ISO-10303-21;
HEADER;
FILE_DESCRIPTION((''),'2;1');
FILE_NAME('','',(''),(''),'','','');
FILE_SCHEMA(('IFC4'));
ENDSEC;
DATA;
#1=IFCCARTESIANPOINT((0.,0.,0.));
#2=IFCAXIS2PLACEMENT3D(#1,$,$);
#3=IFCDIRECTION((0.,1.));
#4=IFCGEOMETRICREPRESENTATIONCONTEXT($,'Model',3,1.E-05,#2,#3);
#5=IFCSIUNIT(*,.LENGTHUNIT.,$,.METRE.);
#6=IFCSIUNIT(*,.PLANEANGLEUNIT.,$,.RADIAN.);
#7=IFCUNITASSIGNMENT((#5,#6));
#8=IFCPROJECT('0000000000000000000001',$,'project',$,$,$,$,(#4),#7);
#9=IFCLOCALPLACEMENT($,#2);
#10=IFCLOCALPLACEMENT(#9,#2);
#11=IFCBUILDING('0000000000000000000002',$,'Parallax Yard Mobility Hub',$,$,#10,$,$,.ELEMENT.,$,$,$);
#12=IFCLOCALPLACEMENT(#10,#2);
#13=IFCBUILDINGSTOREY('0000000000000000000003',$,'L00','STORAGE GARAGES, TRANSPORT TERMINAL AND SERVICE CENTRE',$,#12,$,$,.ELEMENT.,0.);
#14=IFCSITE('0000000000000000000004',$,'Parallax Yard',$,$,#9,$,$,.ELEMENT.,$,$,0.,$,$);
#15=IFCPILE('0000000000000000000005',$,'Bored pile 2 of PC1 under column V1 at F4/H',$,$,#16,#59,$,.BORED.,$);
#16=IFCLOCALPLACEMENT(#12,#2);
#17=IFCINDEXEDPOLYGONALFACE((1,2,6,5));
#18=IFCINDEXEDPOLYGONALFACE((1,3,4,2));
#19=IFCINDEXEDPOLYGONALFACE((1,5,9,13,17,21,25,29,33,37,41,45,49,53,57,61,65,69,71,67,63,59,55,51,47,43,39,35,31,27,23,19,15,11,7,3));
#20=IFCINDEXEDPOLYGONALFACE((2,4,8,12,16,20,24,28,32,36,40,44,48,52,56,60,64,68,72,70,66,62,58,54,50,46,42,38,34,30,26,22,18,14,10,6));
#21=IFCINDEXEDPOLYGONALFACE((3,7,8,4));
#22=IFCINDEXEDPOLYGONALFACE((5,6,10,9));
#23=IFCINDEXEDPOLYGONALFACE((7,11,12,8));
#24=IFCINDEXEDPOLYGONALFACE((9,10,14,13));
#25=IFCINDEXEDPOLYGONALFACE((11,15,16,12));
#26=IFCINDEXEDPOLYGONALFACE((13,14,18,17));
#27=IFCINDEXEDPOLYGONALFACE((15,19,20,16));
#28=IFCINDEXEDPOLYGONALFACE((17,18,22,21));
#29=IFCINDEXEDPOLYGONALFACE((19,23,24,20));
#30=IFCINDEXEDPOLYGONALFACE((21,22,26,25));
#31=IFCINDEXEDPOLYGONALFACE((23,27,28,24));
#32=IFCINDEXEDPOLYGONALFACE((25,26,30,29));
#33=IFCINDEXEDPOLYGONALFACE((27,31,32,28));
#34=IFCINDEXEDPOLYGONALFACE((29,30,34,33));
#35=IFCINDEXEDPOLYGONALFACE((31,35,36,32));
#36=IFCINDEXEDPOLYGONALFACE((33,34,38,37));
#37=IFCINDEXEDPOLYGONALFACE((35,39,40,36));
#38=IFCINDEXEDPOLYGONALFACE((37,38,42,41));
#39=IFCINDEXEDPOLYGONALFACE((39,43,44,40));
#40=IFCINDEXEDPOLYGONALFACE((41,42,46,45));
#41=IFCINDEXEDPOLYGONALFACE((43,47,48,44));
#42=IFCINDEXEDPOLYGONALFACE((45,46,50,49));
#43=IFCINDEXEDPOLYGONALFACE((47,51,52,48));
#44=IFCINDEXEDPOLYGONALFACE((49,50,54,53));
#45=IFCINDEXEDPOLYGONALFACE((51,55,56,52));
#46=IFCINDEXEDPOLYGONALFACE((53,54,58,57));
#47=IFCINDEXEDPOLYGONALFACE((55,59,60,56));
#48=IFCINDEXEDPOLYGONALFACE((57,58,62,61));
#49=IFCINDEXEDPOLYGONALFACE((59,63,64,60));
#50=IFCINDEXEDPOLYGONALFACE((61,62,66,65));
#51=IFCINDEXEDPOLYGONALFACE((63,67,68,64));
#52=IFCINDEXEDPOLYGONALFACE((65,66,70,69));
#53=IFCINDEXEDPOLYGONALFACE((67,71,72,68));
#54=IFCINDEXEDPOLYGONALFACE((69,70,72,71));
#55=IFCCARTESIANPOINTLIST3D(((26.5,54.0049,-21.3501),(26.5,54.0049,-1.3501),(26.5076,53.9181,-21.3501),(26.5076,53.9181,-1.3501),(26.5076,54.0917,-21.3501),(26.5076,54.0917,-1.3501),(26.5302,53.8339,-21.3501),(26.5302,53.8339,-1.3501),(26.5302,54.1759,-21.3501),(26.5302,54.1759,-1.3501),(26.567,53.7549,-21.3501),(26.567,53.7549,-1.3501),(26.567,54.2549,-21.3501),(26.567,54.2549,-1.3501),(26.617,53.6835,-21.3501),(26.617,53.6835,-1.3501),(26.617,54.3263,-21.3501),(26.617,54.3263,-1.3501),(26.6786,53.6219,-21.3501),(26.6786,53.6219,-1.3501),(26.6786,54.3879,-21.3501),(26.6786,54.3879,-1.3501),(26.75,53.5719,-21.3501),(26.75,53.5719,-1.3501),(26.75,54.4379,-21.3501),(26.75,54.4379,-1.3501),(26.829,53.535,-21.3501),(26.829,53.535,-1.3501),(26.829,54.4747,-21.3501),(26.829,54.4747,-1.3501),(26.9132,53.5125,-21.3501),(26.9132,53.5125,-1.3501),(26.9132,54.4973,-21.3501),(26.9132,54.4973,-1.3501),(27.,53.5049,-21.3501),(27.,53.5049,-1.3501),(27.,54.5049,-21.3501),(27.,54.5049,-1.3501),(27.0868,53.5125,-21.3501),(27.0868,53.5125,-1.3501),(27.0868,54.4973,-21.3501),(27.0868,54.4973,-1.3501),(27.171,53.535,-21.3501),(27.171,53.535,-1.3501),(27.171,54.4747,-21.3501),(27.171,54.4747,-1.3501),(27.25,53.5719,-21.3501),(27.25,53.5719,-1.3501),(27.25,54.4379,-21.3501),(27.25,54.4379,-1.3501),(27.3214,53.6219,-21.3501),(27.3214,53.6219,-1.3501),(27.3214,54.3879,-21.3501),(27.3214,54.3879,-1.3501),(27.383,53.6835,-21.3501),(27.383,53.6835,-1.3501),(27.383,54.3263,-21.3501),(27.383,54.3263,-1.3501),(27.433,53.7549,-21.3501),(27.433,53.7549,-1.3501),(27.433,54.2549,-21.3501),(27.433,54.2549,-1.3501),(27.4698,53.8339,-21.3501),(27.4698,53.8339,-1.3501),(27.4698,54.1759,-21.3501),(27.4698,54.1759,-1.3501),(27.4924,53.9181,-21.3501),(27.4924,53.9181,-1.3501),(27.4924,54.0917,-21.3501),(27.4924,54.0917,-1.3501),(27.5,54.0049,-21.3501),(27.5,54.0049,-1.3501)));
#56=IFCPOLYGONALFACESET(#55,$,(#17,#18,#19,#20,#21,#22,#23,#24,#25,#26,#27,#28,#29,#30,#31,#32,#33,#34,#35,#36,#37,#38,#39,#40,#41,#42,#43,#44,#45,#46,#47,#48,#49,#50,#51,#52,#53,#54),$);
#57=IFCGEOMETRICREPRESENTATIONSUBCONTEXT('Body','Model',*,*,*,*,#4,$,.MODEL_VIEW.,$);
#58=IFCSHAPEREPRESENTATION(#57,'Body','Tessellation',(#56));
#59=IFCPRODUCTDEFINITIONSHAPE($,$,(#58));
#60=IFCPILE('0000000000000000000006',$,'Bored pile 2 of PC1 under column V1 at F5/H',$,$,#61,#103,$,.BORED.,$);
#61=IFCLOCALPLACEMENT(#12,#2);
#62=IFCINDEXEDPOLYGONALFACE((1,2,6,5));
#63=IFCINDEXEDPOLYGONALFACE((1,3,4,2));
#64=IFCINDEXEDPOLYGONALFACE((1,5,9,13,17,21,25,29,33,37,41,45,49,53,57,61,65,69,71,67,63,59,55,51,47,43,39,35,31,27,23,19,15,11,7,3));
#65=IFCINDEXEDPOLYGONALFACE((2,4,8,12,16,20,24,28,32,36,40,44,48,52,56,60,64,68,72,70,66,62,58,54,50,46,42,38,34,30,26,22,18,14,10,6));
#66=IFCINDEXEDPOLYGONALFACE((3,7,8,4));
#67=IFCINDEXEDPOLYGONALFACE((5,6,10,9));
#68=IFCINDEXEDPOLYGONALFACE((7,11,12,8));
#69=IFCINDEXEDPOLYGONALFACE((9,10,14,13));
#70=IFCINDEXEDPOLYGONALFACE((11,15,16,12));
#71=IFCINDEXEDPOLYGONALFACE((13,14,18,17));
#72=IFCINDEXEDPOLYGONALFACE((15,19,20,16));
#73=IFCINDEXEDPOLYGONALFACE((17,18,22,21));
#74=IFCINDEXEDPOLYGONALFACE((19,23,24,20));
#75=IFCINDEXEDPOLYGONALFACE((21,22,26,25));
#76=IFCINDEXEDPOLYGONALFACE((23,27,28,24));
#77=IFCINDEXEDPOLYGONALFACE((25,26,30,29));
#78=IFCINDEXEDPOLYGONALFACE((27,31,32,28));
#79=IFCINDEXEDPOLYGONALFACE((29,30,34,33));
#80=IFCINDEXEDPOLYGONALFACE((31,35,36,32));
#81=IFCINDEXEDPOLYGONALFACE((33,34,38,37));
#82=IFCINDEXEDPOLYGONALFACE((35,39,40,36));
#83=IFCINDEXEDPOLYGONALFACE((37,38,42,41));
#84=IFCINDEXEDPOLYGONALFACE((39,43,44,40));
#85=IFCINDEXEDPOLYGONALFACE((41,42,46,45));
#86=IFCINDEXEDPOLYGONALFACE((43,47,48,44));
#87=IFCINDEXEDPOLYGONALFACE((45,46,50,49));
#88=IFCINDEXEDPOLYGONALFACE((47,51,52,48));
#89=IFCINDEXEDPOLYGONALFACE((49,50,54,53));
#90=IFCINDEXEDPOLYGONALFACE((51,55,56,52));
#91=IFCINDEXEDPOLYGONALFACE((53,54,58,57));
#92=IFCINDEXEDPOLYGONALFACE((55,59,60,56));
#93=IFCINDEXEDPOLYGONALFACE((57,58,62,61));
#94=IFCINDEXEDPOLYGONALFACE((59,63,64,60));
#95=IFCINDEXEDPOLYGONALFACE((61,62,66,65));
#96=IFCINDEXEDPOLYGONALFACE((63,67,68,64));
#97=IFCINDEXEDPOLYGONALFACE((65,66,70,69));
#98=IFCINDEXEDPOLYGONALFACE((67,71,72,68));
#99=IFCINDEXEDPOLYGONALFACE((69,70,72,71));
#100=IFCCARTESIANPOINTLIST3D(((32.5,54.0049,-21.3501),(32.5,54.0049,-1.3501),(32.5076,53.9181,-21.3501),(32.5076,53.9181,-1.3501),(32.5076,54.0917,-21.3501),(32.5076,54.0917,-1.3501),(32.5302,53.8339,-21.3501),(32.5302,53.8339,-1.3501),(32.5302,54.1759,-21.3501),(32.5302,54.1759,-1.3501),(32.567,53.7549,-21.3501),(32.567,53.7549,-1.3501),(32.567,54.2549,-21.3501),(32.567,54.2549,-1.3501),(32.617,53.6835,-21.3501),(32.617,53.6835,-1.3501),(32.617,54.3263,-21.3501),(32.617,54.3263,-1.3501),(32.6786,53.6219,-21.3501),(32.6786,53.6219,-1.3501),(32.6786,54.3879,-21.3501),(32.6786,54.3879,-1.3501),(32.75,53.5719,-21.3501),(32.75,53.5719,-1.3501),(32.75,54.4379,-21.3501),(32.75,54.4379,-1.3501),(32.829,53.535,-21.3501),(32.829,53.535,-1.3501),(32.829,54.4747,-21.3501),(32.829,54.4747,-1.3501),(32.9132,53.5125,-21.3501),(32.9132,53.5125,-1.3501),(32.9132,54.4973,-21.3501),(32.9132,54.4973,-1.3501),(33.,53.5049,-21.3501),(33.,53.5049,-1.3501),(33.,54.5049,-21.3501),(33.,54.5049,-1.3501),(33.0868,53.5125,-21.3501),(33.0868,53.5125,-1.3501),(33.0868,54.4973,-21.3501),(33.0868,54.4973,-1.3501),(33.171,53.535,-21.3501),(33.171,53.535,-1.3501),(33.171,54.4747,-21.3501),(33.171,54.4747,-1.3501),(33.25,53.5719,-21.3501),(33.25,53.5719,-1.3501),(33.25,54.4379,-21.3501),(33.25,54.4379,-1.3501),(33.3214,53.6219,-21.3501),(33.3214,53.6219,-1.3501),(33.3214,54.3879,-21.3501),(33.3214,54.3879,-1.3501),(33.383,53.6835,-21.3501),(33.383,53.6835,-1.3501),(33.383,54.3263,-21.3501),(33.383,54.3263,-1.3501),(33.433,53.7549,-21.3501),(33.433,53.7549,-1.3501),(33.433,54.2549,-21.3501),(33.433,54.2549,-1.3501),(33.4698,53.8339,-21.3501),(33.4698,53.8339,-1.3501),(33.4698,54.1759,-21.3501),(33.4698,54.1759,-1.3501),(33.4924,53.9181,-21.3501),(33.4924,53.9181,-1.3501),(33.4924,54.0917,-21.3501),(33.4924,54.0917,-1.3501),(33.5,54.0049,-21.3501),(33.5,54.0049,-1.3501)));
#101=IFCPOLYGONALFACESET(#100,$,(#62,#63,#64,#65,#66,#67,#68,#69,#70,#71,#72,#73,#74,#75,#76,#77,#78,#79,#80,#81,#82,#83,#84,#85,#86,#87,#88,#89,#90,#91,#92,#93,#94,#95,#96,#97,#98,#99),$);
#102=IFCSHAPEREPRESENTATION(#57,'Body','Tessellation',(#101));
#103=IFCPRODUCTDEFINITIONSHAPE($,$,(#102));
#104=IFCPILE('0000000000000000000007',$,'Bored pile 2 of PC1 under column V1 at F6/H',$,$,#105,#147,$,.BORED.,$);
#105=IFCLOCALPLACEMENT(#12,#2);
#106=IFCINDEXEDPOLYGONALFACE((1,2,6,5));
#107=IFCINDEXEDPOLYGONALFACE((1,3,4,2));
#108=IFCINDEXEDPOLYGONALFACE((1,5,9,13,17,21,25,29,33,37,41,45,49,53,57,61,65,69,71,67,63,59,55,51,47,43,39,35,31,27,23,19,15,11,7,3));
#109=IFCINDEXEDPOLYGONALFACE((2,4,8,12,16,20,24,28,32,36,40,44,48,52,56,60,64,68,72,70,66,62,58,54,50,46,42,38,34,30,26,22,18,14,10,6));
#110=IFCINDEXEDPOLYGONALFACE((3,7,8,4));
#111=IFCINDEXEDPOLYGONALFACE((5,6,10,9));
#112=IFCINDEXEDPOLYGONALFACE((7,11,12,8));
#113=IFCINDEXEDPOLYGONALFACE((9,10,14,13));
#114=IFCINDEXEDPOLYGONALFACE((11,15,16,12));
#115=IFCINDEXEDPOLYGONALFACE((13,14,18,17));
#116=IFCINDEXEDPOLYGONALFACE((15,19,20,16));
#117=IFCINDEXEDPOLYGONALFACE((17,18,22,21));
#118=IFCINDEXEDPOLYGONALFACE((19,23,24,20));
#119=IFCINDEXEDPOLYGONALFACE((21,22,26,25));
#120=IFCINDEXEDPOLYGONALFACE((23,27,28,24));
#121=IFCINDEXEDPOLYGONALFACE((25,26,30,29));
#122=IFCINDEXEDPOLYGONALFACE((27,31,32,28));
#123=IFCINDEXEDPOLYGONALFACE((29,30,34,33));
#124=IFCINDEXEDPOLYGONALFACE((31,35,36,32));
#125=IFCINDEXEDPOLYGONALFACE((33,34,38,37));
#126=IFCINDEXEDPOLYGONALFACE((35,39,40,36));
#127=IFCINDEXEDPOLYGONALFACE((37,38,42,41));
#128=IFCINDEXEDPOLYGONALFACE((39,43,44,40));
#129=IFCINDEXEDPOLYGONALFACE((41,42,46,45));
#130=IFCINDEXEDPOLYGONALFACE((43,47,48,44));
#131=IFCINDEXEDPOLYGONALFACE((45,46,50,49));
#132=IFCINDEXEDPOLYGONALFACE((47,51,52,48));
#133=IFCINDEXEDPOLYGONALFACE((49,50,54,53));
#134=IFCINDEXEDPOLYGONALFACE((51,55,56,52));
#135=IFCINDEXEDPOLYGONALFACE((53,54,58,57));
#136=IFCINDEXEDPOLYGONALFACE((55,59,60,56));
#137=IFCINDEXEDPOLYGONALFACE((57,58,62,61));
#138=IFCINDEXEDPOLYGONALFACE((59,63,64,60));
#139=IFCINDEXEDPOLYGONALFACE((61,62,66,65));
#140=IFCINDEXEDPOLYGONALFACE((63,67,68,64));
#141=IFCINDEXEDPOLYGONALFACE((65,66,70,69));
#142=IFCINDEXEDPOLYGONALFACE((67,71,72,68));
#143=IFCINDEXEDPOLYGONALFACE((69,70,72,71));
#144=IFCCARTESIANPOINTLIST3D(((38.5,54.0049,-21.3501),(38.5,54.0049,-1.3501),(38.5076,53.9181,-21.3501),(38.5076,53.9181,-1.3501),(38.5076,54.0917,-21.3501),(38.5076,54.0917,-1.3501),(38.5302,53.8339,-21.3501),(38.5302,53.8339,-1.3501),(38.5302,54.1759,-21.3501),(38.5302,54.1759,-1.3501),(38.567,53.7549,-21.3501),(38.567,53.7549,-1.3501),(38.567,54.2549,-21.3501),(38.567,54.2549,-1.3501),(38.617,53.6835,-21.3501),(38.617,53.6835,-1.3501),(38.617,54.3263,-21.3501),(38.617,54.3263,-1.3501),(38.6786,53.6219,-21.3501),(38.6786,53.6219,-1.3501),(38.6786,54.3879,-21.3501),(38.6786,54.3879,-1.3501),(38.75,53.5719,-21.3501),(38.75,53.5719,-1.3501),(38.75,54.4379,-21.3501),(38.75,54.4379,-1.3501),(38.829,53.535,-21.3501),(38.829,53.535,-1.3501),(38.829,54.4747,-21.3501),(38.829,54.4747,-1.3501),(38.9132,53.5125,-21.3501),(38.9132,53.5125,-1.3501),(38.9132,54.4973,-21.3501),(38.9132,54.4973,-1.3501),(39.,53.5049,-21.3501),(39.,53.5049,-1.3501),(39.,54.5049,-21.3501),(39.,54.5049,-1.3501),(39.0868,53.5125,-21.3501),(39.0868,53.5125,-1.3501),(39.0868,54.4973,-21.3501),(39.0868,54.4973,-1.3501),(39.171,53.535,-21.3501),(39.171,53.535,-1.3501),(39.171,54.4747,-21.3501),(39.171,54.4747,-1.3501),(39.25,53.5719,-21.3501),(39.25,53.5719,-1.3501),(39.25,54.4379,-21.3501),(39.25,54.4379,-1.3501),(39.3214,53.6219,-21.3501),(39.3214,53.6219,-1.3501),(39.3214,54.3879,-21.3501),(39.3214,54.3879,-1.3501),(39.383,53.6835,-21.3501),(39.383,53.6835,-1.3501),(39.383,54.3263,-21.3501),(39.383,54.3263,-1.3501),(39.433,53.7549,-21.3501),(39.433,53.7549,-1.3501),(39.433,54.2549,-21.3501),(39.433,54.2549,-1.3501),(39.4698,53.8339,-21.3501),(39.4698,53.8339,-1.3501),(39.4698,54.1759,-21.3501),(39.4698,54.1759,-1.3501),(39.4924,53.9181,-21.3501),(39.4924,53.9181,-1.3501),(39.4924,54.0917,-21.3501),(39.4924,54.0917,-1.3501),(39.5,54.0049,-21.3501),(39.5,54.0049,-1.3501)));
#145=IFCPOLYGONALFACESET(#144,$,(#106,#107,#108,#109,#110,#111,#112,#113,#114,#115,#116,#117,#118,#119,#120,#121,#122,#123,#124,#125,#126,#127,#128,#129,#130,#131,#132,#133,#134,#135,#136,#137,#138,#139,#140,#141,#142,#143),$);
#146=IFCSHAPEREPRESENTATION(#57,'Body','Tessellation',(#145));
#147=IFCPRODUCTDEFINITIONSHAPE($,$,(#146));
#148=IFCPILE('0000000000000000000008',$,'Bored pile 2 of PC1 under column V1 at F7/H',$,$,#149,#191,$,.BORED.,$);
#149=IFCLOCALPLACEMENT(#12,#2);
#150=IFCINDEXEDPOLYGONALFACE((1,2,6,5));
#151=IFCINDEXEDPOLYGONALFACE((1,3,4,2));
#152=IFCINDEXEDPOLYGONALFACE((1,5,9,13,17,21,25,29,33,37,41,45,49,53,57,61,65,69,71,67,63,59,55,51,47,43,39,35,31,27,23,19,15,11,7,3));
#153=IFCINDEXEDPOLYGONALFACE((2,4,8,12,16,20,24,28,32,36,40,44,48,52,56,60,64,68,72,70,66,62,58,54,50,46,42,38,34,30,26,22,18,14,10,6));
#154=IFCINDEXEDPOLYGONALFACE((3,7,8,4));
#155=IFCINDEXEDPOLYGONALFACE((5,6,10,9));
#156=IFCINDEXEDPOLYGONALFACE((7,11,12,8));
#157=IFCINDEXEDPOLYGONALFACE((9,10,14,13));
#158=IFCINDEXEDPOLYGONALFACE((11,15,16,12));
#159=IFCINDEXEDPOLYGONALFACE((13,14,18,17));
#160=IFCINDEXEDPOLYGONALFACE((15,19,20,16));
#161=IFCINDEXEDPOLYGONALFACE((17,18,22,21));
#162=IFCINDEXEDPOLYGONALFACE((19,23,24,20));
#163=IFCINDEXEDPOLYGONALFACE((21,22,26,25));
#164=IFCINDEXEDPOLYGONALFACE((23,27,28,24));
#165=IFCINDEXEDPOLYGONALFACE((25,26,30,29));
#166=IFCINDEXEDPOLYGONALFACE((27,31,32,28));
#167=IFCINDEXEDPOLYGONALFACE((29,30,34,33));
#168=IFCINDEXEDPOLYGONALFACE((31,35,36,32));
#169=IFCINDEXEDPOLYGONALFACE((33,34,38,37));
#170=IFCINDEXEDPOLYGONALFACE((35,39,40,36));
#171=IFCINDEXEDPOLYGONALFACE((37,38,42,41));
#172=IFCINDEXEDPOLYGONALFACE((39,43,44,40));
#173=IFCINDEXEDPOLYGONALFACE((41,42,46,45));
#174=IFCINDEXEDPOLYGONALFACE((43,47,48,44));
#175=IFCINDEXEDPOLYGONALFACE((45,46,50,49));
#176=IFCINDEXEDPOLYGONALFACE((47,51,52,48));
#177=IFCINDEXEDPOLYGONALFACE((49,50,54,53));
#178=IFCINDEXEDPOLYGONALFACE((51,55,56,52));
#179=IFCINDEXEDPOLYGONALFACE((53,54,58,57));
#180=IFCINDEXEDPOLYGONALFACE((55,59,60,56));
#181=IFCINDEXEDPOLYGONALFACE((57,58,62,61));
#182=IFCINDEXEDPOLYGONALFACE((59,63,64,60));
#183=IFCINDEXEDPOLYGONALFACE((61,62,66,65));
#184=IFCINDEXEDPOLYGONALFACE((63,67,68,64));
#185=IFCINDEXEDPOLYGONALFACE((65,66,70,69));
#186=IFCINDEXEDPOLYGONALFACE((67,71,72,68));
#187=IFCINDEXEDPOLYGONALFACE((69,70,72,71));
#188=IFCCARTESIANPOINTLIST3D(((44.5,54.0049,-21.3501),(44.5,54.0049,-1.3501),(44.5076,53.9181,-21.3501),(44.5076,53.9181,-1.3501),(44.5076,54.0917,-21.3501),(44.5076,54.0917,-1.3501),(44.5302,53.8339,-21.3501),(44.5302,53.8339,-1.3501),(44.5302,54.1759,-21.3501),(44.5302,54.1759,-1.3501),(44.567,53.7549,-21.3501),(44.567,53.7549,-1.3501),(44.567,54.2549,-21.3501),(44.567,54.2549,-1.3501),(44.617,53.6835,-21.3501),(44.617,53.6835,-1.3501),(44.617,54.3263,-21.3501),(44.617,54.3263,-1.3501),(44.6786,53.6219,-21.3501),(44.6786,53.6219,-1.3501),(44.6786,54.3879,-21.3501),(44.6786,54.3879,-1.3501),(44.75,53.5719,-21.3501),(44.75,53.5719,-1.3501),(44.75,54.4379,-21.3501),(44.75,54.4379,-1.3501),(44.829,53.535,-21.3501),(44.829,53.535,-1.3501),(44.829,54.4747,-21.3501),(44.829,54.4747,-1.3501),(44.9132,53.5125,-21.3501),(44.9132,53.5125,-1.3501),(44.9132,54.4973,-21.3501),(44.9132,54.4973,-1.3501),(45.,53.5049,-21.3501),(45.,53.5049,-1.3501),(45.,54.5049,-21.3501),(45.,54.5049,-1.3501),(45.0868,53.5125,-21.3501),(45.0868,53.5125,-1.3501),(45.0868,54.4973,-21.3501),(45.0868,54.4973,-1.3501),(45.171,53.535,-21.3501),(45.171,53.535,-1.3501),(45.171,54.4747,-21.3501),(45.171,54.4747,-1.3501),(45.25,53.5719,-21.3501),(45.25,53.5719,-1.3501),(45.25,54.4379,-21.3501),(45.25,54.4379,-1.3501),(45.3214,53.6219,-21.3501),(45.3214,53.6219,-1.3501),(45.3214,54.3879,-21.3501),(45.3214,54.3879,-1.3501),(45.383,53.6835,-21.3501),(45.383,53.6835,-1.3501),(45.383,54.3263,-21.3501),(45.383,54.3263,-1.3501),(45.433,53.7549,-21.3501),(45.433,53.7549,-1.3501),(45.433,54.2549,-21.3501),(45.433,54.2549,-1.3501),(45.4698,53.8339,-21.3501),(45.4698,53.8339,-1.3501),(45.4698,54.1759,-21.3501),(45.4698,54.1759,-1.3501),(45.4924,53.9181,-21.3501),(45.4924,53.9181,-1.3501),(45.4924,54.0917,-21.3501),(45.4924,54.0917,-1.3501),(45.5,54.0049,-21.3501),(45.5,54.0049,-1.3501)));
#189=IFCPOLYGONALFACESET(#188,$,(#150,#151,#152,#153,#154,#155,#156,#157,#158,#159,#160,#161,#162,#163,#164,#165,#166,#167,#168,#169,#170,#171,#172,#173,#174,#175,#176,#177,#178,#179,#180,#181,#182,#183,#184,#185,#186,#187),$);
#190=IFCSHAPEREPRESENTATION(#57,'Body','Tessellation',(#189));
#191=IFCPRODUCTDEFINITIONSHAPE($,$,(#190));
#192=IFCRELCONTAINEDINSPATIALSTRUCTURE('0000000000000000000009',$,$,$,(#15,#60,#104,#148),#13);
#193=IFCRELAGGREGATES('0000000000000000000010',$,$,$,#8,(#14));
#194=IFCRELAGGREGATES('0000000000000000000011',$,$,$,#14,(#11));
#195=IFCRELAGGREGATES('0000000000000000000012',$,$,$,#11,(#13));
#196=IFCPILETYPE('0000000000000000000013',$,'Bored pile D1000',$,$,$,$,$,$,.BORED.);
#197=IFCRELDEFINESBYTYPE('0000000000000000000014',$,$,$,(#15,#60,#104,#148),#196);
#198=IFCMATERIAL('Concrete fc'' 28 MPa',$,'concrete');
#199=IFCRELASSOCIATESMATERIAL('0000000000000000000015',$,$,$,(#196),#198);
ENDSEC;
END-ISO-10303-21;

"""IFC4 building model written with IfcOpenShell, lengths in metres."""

from ifc_helpers import new_model, si_unit, direction, frame, origin, origin_2d, place, context, subcontext, project, spatial, circle, extrude, material, material_profile, profile_set, type_object, element, save


model = new_model("IFC4")

# Units and contexts
model_context = context("Model", 3, precision=1e-05, world=origin(), true_north=direction((0.0, 1.0)))
body_context = subcontext(model_context, "Body", "Model", "MODEL_VIEW")
ifc_project = project(units=[si_unit("LENGTHUNIT", "METRE"), si_unit("PLANEANGLEUNIT", "RADIAN")], contexts=[model_context])

# Site, building, storey
site_placement = place(None, origin())
site = spatial("IfcSite", under=ifc_project, at=site_placement, Name="Parallax Yard", CompositionType="ELEMENT", RefElevation=0.0)
building_placement = place(site_placement, origin())
building = spatial("IfcBuilding", under=site, at=building_placement, Name="Parallax Yard Mobility Hub", CompositionType="ELEMENT")
storey_placement = place(building_placement, origin())
storey = spatial("IfcBuildingStorey", under=building, at=storey_placement, Name="L00", Description="STORAGE GARAGES, TRANSPORT TERMINAL AND SERVICE CENTRE", CompositionType="ELEMENT", Elevation=0.0)

# Piles
ifc_material_1 = material(Name="Concrete fc' 28 MPa", Category="concrete")
ifc_material_profile_1 = material_profile(ifc_material_1, circle(Radius=0.5, at=origin_2d()), Name="Bored pile D1000")
ifc_profile_set_1 = profile_set([ifc_material_profile_1], Name="Concrete fc' 28 MPa")
pile_type = type_object("IfcPileType", Name="Bored pile D1000", PredefinedType="BORED", material=ifc_profile_set_1)
for number, where, z_axis, x_axis, name in (
    (1, (27.0, 54.0049, -1.3501), (0.0, 0.0, -1.0), (1.0, 0.0, 0.0), "Bored pile 2 of PC1 under column V1 at F4/H"),
    (2, (33.0, 54.0049, -1.3501), (0.0, 0.0, -1.0), (1.0, 0.0, 0.0), "Bored pile 2 of PC1 under column V1 at F5/H"),
    (3, (39.0, 54.0049, -1.3501), (0.0, 0.0, -1.0), (1.0, 0.0, 0.0), "Bored pile 2 of PC1 under column V1 at F6/H"),
    (4, (45.0, 54.0049, -1.3501), (0.0, 0.0, -1.0), (1.0, 0.0, 0.0), "Bored pile 2 of PC1 under column V1 at F7/H"),
):
    element("IfcPile", number, at=place(storey_placement, frame(where, z_axis=z_axis, x_axis=x_axis)), inside=storey, type_object=pile_type, Name=name, PredefinedType="BORED", context=body_context, shape_type="SweptSolid", body=[
        extrude(circle(Radius=0.5, at=origin_2d()), origin(), (0.0, 0.0, 1.0), 20.0),
    ])

save(model, "model.ifc")
